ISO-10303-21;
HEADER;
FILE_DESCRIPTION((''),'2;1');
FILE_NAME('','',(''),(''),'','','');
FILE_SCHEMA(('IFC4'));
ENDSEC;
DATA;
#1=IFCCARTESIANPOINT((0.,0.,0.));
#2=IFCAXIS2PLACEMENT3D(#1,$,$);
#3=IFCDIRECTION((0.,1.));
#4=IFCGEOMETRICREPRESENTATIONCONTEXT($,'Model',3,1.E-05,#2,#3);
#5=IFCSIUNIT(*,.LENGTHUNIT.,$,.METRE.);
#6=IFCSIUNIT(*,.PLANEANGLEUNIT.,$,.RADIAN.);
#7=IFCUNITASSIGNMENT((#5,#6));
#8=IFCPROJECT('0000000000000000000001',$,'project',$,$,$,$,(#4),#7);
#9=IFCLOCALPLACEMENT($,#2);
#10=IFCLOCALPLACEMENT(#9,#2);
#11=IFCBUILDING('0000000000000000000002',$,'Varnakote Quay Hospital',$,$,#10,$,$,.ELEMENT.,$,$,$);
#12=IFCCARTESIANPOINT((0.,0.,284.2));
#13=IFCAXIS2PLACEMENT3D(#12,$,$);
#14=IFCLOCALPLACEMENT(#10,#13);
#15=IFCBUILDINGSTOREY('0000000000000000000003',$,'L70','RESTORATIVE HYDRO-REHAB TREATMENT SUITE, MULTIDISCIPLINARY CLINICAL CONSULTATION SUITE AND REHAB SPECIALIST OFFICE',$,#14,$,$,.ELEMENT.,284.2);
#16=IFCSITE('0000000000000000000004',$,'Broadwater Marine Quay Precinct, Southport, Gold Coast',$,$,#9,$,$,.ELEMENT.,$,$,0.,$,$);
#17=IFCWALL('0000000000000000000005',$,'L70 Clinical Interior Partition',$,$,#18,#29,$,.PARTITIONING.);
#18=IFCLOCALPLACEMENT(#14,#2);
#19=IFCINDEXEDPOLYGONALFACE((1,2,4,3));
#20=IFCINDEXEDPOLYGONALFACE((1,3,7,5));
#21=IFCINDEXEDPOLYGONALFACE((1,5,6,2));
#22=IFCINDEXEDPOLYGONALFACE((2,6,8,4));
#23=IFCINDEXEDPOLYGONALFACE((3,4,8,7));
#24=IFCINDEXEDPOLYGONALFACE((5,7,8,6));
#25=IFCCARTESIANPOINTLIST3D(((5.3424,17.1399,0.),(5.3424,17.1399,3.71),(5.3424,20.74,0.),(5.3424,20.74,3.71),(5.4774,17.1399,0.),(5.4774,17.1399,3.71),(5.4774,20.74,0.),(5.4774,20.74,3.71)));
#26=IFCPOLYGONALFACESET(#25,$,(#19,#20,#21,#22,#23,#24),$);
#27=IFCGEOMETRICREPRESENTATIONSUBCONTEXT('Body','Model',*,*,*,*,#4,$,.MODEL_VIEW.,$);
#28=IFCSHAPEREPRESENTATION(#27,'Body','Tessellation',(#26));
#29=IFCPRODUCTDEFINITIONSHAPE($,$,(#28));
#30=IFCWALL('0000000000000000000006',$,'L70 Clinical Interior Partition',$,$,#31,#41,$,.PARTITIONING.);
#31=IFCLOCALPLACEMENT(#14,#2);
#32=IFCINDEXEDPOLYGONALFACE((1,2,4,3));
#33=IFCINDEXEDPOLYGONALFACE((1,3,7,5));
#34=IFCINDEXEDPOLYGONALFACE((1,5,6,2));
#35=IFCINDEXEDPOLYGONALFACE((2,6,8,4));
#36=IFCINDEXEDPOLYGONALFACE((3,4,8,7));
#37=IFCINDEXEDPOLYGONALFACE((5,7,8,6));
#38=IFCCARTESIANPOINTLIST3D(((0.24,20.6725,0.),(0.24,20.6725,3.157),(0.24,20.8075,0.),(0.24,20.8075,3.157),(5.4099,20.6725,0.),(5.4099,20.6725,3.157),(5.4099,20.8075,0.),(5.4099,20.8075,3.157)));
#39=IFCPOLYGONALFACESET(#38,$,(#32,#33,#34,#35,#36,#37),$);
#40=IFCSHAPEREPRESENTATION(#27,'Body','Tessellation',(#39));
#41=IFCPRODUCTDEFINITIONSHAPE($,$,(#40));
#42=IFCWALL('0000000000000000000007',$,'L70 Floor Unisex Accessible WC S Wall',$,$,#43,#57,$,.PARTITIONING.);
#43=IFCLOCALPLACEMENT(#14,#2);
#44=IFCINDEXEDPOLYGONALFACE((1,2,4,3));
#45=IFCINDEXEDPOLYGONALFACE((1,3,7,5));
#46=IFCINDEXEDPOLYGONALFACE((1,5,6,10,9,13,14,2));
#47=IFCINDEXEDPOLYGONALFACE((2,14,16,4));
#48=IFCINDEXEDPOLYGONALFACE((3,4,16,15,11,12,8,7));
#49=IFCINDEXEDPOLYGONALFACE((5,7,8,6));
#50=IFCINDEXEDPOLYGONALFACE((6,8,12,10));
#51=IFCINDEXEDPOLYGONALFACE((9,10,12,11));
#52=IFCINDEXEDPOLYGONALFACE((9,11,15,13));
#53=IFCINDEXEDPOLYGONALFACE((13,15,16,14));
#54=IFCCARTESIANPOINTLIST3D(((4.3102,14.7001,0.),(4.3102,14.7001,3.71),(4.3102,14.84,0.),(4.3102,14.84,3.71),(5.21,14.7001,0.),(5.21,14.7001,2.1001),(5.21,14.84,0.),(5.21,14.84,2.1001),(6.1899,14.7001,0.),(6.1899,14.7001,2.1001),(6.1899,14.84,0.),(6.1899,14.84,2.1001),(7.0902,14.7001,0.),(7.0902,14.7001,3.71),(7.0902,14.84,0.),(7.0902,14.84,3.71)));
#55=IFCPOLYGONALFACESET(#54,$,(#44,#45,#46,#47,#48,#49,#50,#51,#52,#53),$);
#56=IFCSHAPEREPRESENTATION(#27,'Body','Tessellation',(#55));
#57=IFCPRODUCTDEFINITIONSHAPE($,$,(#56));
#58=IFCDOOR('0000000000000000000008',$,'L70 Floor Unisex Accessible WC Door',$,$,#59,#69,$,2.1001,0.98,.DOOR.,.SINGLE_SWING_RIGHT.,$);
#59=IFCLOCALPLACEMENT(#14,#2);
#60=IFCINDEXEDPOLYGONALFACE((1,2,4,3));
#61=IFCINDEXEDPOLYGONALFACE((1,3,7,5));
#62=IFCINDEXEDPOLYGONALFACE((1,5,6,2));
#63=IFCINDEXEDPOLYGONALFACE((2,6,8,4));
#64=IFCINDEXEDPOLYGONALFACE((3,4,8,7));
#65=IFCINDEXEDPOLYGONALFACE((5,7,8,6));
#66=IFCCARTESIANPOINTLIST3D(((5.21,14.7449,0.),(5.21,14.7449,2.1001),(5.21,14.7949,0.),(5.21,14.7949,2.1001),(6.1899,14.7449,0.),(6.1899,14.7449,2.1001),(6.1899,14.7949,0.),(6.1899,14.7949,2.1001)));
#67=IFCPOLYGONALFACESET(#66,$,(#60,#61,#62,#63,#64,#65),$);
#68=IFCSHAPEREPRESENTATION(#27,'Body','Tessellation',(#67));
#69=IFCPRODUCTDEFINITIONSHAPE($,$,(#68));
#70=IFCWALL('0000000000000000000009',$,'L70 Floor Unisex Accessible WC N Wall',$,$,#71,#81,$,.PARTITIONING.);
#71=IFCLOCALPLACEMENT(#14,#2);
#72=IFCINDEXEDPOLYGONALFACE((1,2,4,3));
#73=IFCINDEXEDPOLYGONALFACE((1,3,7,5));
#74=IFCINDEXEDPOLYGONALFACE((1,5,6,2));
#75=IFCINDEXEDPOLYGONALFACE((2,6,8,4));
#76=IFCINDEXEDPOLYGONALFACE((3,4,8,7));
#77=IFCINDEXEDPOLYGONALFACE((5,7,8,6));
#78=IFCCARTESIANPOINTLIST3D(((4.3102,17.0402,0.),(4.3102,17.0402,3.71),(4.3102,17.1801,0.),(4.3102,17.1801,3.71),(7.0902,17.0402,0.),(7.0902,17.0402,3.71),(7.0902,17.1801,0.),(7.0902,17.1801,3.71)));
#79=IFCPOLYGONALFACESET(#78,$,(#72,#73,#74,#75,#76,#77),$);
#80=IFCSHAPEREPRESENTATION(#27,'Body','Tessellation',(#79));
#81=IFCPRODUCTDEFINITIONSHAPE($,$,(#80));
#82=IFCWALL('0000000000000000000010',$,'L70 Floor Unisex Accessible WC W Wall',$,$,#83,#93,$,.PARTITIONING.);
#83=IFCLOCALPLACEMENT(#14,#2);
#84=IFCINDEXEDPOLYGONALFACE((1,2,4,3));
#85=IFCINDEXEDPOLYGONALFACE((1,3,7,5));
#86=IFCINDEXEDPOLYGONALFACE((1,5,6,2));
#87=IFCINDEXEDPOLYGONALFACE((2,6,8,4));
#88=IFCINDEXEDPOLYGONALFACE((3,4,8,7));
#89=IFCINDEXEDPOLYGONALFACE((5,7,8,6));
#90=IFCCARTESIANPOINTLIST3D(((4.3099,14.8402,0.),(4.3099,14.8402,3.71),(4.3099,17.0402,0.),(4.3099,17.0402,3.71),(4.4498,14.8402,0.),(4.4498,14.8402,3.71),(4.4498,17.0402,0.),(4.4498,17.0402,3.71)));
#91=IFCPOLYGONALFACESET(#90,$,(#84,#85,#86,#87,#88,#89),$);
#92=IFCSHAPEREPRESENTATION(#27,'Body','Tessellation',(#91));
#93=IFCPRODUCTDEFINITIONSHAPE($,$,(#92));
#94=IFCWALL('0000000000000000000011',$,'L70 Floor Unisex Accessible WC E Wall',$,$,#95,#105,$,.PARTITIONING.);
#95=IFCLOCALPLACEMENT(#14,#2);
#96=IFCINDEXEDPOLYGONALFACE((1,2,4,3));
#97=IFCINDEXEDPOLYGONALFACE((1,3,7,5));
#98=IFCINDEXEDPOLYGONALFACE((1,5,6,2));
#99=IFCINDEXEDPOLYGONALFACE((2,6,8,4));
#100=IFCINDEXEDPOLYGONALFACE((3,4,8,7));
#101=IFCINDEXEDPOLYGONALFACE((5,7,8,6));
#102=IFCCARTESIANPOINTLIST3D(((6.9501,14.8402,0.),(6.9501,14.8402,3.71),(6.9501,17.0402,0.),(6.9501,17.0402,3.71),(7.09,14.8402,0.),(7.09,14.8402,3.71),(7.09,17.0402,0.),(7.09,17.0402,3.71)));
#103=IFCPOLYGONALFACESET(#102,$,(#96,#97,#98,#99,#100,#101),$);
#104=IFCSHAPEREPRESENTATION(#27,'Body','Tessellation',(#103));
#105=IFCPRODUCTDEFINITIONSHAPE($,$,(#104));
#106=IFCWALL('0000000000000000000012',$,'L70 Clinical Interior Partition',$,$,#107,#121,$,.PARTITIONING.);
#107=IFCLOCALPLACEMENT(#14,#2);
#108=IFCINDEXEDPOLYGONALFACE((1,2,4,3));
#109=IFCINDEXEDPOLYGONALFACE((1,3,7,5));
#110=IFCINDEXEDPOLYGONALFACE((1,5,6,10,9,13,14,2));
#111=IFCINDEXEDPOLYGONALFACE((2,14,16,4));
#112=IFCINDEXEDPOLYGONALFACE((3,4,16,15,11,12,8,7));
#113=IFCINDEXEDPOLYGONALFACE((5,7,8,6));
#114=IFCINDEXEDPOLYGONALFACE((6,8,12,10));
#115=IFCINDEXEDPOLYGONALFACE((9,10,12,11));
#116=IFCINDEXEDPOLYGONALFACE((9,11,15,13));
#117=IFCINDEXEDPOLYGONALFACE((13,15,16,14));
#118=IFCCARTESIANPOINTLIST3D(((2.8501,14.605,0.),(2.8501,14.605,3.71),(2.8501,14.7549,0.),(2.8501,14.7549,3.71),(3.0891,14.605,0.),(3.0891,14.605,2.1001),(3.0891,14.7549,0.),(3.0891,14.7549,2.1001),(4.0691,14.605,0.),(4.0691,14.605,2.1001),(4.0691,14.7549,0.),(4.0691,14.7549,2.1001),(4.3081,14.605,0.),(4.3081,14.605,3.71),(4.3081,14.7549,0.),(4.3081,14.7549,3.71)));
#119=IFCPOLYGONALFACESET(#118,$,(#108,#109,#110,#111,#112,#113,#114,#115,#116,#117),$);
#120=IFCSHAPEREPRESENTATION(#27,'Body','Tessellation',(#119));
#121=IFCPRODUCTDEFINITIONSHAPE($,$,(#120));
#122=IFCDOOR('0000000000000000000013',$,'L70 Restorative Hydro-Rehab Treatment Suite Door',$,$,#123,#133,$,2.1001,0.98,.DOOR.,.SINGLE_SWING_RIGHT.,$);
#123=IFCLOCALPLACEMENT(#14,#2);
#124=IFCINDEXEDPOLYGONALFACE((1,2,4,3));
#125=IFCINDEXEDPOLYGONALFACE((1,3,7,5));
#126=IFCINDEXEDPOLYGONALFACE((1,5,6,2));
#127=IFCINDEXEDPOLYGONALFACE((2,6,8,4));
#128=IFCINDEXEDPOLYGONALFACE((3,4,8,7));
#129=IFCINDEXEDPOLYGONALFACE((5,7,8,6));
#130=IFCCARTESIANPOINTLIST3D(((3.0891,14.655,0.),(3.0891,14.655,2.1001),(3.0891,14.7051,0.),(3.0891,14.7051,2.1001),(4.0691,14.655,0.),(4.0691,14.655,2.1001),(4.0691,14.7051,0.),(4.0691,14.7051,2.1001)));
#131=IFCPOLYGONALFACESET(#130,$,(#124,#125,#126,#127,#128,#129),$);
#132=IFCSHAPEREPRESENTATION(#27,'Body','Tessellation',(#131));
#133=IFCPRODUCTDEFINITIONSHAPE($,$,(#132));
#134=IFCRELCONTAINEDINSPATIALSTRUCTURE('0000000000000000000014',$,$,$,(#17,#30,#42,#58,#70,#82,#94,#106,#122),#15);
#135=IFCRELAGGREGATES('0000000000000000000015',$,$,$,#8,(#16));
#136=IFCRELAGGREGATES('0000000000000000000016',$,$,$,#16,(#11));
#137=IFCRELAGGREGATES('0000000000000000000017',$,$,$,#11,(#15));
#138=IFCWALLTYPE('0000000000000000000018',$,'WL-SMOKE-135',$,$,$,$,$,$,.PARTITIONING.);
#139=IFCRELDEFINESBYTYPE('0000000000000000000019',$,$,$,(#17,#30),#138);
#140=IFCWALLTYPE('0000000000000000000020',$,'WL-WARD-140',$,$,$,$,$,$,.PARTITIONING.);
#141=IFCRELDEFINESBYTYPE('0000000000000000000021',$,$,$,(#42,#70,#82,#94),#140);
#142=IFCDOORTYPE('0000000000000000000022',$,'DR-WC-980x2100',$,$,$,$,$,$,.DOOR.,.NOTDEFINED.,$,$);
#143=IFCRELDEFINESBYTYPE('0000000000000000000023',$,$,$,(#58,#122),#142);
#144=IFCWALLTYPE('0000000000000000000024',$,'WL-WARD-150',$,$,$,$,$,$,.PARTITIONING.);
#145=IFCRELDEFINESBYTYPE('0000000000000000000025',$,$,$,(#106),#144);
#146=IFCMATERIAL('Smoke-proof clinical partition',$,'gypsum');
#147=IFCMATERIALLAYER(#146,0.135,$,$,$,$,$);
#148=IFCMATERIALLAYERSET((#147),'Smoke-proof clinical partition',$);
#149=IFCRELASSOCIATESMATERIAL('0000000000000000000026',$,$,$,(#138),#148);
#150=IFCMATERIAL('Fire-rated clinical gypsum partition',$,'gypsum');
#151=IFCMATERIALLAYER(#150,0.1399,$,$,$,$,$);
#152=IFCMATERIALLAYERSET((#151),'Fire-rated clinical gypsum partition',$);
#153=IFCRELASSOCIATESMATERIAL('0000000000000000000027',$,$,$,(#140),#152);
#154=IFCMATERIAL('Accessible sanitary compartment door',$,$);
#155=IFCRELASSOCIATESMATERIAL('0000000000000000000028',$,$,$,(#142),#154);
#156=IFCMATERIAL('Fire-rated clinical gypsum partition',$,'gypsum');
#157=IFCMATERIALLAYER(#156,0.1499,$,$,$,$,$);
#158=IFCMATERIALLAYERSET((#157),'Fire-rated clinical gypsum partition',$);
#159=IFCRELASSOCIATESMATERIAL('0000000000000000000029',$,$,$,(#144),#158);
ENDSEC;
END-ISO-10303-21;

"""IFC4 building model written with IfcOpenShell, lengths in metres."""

from ifc_helpers import new_model, si_unit, direction, frame, frame_2d, origin, place, context, subcontext, project, spatial, rectangle, extrude, material, layer, layer_set, type_object, element, fill, save


model = new_model("IFC4")

# Units and contexts
model_context = context("Model", 3, precision=1e-05, world=origin(), true_north=direction((0.0, 1.0)))
body_context = subcontext(model_context, "Body", "Model", "MODEL_VIEW")
ifc_project = project(units=[si_unit("LENGTHUNIT", "METRE"), si_unit("PLANEANGLEUNIT", "RADIAN")], contexts=[model_context])

# Site, building, storey
site_placement = place(None, origin())
site = spatial("IfcSite", under=ifc_project, at=site_placement, Name="Broadwater Marine Quay Precinct, Southport, Gold Coast", CompositionType="ELEMENT", RefElevation=0.0)
building_placement = place(site_placement, origin())
building = spatial("IfcBuilding", under=site, at=building_placement, Name="Varnakote Quay Hospital", CompositionType="ELEMENT")
storey_placement = place(building_placement, frame((0.0, 0.0, 284.2)))
storey = spatial("IfcBuildingStorey", under=building, at=storey_placement, Name="L70", Description="RESTORATIVE HYDRO-REHAB TREATMENT SUITE, MULTIDISCIPLINARY CLINICAL CONSULTATION SUITE AND REHAB SPECIALIST OFFICE", CompositionType="ELEMENT", Elevation=284.2)

# Walls
ifc_material_1 = material(Name="Smoke-proof clinical partition", Category="gypsum")
ifc_layer_1 = layer(ifc_material_1, 0.135)
ifc_layer_set_1 = layer_set([ifc_layer_1], Name="Smoke-proof clinical partition")
wall_type_1 = type_object("IfcWallType", Name="WL-SMOKE-135", PredefinedType="PARTITIONING", material=ifc_layer_set_1)
wall_1_placement = place(storey_placement, frame((5.4099, 17.1399, 0.0), z_axis=(0.0, 0.0, 1.0), x_axis=(0.0, 1.0, 0.0)))
element("IfcWall", 1, at=wall_1_placement, inside=storey, type_object=wall_type_1, Name="L70 Clinical Interior Partition", PredefinedType="PARTITIONING", context=body_context, shape_type="SweptSolid", body=[
    extrude(rectangle(XDim=3.6001, YDim=0.135, at=frame_2d((1.8, 0.0))), origin(), (0.0, 0.0, 1.0), 3.71),
])
wall_2_placement = place(storey_placement, frame((5.4099, 20.74, 0.0), z_axis=(0.0, 0.0, 1.0), x_axis=(-1.0, 0.0, 0.0)))
element("IfcWall", 2, at=wall_2_placement, inside=storey, type_object=wall_type_1, Name="L70 Clinical Interior Partition", PredefinedType="PARTITIONING", context=body_context, shape_type="SweptSolid", body=[
    extrude(rectangle(XDim=5.1699, YDim=0.135, at=frame_2d((2.585, 0.0))), origin(), (0.0, 0.0, 1.0), 3.157),
])

# Wall, opening, door
ifc_material_2 = material(Name="Fire-rated clinical gypsum partition", Category="gypsum")
ifc_layer_2 = layer(ifc_material_2, 0.1399)
ifc_layer_set_2 = layer_set([ifc_layer_2], Name="Fire-rated clinical gypsum partition")
wall_type_2 = type_object("IfcWallType", Name="WL-WARD-140", PredefinedType="PARTITIONING", material=ifc_layer_set_2)
wall_3_placement = place(storey_placement, frame((4.3101, 14.77, 0.0), z_axis=(0.0, 0.0, 1.0), x_axis=(1.0, 0.0, 0.0)))
wall_3 = element("IfcWall", 3, at=wall_3_placement, inside=storey, type_object=wall_type_2, Name="L70 Floor Unisex Accessible WC S Wall", PredefinedType="PARTITIONING", context=body_context, shape_type="SweptSolid", body=[
    extrude(rectangle(XDim=2.78, YDim=0.1399, at=frame_2d((1.3901, 0.0))), origin(), (0.0, 0.0, 1.0), 3.71),
])
opening_1_placement = place(wall_3_placement, frame((0.8999, 0.0, 0.0)))
opening_1 = element("IfcOpeningElement", 4, at=opening_1_placement, cuts=wall_3, PredefinedType="OPENING", context=body_context, shape_type="SweptSolid", body=[
    extrude(rectangle(XDim=0.98, YDim=2.1001, at=frame_2d((0.49, 1.05))), frame((0.0, 0.0798, 0.0), z_axis=(0.0, -1.0, 0.0), x_axis=(1.0, 0.0, 0.0)), (0.0, 0.0, 1.0), 0.1599),
])
ifc_material_3 = material(Name="Accessible sanitary compartment door")
door_type = type_object("IfcDoorType", Name="DR-WC-980x2100", OperationType="NOTDEFINED", PredefinedType="DOOR", material=ifc_material_3)
door_1_placement = place(opening_1_placement, origin())
door_1 = element("IfcDoor", 5, at=door_1_placement, inside=storey, type_object=door_type, Name="L70 Floor Unisex Accessible WC Door", OperationType="SINGLE_SWING_RIGHT", OverallHeight=2.1001, OverallWidth=0.98, PredefinedType="DOOR", context=body_context, shape_type="SweptSolid", body=[
    extrude(rectangle(XDim=0.98, YDim=2.1001, at=frame_2d((0.49, 1.05))), frame((0.0, 0.0249, 0.0), z_axis=(0.0, -1.0, 0.0), x_axis=(1.0, 0.0, 0.0)), (0.0, 0.0, 1.0), 0.05),
])
fill(opening_1, door_1)

# Walls
wall_4_placement = place(storey_placement, frame((4.3101, 17.1101, 0.0), z_axis=(0.0, 0.0, 1.0), x_axis=(1.0, 0.0, 0.0)))
element("IfcWall", 6, at=wall_4_placement, inside=storey, type_object=wall_type_2, Name="L70 Floor Unisex Accessible WC N Wall", PredefinedType="PARTITIONING", context=body_context, shape_type="SweptSolid", body=[
    extrude(rectangle(XDim=2.78, YDim=0.1399, at=frame_2d((1.3901, 0.0))), origin(), (0.0, 0.0, 1.0), 3.71),
])
for number, where, z_axis, x_axis, name in (
    (7, (4.3799, 14.8401, 0.0), (0.0, 0.0, 1.0), (0.0, 1.0, 0.0), "L70 Floor Unisex Accessible WC W Wall"),
    (8, (7.02, 14.8401, 0.0), (0.0, 0.0, 1.0), (0.0, 1.0, 0.0), "L70 Floor Unisex Accessible WC E Wall"),
):
    element("IfcWall", number, at=place(storey_placement, frame(where, z_axis=z_axis, x_axis=x_axis)), inside=storey, type_object=wall_type_2, Name=name, PredefinedType="PARTITIONING", context=body_context, shape_type="SweptSolid", body=[
        extrude(rectangle(XDim=2.2, YDim=0.1399, at=frame_2d((1.1001, 0.0))), origin(), (0.0, 0.0, 1.0), 3.71),
    ])

# Wall, opening, door
ifc_material_4 = material(Name="Fire-rated clinical gypsum partition", Category="gypsum")
ifc_layer_3 = layer(ifc_material_4, 0.1499)
ifc_layer_set_3 = layer_set([ifc_layer_3], Name="Fire-rated clinical gypsum partition")
wall_type_3 = type_object("IfcWallType", Name="WL-WARD-150", PredefinedType="PARTITIONING", material=ifc_layer_set_3)
wall_5_placement = place(storey_placement, frame((4.3081, 14.6799, 0.0), z_axis=(0.0, 0.0, 1.0), x_axis=(-1.0, 0.0, 0.0)))
wall_5 = element("IfcWall", 9, at=wall_5_placement, inside=storey, type_object=wall_type_3, Name="L70 Clinical Interior Partition", PredefinedType="PARTITIONING", context=body_context, shape_type="SweptSolid", body=[
    extrude(rectangle(XDim=1.458, YDim=0.1499, at=frame_2d((0.729, 0.0))), origin(), (0.0, 0.0, 1.0), 3.71),
])
opening_2_placement = place(wall_5_placement, frame((0.239, 0.0, 0.0)))
opening_2 = element("IfcOpeningElement", 10, at=opening_2_placement, cuts=wall_5, PredefinedType="OPENING", context=body_context, shape_type="SweptSolid", body=[
    extrude(rectangle(XDim=0.98, YDim=2.1001, at=frame_2d((0.49, 1.05))), frame((0.0, 0.085, 0.0), z_axis=(0.0, -1.0, 0.0), x_axis=(1.0, 0.0, 0.0)), (0.0, 0.0, 1.0), 0.1699),
])
door_2_placement = place(opening_2_placement, origin())
door_2 = element("IfcDoor", 11, at=door_2_placement, inside=storey, type_object=door_type, Name="L70 Restorative Hydro-Rehab Treatment Suite Door", OperationType="SINGLE_SWING_RIGHT", OverallHeight=2.1001, OverallWidth=0.98, PredefinedType="DOOR", context=body_context, shape_type="SweptSolid", body=[
    extrude(rectangle(XDim=0.98, YDim=2.1001, at=frame_2d((0.49, 1.05))), frame((0.0, 0.0249, 0.0), z_axis=(0.0, -1.0, 0.0), x_axis=(1.0, 0.0, 0.0)), (0.0, 0.0, 1.0), 0.05),
])
fill(opening_2, door_2)

save(model, "model.ifc")
